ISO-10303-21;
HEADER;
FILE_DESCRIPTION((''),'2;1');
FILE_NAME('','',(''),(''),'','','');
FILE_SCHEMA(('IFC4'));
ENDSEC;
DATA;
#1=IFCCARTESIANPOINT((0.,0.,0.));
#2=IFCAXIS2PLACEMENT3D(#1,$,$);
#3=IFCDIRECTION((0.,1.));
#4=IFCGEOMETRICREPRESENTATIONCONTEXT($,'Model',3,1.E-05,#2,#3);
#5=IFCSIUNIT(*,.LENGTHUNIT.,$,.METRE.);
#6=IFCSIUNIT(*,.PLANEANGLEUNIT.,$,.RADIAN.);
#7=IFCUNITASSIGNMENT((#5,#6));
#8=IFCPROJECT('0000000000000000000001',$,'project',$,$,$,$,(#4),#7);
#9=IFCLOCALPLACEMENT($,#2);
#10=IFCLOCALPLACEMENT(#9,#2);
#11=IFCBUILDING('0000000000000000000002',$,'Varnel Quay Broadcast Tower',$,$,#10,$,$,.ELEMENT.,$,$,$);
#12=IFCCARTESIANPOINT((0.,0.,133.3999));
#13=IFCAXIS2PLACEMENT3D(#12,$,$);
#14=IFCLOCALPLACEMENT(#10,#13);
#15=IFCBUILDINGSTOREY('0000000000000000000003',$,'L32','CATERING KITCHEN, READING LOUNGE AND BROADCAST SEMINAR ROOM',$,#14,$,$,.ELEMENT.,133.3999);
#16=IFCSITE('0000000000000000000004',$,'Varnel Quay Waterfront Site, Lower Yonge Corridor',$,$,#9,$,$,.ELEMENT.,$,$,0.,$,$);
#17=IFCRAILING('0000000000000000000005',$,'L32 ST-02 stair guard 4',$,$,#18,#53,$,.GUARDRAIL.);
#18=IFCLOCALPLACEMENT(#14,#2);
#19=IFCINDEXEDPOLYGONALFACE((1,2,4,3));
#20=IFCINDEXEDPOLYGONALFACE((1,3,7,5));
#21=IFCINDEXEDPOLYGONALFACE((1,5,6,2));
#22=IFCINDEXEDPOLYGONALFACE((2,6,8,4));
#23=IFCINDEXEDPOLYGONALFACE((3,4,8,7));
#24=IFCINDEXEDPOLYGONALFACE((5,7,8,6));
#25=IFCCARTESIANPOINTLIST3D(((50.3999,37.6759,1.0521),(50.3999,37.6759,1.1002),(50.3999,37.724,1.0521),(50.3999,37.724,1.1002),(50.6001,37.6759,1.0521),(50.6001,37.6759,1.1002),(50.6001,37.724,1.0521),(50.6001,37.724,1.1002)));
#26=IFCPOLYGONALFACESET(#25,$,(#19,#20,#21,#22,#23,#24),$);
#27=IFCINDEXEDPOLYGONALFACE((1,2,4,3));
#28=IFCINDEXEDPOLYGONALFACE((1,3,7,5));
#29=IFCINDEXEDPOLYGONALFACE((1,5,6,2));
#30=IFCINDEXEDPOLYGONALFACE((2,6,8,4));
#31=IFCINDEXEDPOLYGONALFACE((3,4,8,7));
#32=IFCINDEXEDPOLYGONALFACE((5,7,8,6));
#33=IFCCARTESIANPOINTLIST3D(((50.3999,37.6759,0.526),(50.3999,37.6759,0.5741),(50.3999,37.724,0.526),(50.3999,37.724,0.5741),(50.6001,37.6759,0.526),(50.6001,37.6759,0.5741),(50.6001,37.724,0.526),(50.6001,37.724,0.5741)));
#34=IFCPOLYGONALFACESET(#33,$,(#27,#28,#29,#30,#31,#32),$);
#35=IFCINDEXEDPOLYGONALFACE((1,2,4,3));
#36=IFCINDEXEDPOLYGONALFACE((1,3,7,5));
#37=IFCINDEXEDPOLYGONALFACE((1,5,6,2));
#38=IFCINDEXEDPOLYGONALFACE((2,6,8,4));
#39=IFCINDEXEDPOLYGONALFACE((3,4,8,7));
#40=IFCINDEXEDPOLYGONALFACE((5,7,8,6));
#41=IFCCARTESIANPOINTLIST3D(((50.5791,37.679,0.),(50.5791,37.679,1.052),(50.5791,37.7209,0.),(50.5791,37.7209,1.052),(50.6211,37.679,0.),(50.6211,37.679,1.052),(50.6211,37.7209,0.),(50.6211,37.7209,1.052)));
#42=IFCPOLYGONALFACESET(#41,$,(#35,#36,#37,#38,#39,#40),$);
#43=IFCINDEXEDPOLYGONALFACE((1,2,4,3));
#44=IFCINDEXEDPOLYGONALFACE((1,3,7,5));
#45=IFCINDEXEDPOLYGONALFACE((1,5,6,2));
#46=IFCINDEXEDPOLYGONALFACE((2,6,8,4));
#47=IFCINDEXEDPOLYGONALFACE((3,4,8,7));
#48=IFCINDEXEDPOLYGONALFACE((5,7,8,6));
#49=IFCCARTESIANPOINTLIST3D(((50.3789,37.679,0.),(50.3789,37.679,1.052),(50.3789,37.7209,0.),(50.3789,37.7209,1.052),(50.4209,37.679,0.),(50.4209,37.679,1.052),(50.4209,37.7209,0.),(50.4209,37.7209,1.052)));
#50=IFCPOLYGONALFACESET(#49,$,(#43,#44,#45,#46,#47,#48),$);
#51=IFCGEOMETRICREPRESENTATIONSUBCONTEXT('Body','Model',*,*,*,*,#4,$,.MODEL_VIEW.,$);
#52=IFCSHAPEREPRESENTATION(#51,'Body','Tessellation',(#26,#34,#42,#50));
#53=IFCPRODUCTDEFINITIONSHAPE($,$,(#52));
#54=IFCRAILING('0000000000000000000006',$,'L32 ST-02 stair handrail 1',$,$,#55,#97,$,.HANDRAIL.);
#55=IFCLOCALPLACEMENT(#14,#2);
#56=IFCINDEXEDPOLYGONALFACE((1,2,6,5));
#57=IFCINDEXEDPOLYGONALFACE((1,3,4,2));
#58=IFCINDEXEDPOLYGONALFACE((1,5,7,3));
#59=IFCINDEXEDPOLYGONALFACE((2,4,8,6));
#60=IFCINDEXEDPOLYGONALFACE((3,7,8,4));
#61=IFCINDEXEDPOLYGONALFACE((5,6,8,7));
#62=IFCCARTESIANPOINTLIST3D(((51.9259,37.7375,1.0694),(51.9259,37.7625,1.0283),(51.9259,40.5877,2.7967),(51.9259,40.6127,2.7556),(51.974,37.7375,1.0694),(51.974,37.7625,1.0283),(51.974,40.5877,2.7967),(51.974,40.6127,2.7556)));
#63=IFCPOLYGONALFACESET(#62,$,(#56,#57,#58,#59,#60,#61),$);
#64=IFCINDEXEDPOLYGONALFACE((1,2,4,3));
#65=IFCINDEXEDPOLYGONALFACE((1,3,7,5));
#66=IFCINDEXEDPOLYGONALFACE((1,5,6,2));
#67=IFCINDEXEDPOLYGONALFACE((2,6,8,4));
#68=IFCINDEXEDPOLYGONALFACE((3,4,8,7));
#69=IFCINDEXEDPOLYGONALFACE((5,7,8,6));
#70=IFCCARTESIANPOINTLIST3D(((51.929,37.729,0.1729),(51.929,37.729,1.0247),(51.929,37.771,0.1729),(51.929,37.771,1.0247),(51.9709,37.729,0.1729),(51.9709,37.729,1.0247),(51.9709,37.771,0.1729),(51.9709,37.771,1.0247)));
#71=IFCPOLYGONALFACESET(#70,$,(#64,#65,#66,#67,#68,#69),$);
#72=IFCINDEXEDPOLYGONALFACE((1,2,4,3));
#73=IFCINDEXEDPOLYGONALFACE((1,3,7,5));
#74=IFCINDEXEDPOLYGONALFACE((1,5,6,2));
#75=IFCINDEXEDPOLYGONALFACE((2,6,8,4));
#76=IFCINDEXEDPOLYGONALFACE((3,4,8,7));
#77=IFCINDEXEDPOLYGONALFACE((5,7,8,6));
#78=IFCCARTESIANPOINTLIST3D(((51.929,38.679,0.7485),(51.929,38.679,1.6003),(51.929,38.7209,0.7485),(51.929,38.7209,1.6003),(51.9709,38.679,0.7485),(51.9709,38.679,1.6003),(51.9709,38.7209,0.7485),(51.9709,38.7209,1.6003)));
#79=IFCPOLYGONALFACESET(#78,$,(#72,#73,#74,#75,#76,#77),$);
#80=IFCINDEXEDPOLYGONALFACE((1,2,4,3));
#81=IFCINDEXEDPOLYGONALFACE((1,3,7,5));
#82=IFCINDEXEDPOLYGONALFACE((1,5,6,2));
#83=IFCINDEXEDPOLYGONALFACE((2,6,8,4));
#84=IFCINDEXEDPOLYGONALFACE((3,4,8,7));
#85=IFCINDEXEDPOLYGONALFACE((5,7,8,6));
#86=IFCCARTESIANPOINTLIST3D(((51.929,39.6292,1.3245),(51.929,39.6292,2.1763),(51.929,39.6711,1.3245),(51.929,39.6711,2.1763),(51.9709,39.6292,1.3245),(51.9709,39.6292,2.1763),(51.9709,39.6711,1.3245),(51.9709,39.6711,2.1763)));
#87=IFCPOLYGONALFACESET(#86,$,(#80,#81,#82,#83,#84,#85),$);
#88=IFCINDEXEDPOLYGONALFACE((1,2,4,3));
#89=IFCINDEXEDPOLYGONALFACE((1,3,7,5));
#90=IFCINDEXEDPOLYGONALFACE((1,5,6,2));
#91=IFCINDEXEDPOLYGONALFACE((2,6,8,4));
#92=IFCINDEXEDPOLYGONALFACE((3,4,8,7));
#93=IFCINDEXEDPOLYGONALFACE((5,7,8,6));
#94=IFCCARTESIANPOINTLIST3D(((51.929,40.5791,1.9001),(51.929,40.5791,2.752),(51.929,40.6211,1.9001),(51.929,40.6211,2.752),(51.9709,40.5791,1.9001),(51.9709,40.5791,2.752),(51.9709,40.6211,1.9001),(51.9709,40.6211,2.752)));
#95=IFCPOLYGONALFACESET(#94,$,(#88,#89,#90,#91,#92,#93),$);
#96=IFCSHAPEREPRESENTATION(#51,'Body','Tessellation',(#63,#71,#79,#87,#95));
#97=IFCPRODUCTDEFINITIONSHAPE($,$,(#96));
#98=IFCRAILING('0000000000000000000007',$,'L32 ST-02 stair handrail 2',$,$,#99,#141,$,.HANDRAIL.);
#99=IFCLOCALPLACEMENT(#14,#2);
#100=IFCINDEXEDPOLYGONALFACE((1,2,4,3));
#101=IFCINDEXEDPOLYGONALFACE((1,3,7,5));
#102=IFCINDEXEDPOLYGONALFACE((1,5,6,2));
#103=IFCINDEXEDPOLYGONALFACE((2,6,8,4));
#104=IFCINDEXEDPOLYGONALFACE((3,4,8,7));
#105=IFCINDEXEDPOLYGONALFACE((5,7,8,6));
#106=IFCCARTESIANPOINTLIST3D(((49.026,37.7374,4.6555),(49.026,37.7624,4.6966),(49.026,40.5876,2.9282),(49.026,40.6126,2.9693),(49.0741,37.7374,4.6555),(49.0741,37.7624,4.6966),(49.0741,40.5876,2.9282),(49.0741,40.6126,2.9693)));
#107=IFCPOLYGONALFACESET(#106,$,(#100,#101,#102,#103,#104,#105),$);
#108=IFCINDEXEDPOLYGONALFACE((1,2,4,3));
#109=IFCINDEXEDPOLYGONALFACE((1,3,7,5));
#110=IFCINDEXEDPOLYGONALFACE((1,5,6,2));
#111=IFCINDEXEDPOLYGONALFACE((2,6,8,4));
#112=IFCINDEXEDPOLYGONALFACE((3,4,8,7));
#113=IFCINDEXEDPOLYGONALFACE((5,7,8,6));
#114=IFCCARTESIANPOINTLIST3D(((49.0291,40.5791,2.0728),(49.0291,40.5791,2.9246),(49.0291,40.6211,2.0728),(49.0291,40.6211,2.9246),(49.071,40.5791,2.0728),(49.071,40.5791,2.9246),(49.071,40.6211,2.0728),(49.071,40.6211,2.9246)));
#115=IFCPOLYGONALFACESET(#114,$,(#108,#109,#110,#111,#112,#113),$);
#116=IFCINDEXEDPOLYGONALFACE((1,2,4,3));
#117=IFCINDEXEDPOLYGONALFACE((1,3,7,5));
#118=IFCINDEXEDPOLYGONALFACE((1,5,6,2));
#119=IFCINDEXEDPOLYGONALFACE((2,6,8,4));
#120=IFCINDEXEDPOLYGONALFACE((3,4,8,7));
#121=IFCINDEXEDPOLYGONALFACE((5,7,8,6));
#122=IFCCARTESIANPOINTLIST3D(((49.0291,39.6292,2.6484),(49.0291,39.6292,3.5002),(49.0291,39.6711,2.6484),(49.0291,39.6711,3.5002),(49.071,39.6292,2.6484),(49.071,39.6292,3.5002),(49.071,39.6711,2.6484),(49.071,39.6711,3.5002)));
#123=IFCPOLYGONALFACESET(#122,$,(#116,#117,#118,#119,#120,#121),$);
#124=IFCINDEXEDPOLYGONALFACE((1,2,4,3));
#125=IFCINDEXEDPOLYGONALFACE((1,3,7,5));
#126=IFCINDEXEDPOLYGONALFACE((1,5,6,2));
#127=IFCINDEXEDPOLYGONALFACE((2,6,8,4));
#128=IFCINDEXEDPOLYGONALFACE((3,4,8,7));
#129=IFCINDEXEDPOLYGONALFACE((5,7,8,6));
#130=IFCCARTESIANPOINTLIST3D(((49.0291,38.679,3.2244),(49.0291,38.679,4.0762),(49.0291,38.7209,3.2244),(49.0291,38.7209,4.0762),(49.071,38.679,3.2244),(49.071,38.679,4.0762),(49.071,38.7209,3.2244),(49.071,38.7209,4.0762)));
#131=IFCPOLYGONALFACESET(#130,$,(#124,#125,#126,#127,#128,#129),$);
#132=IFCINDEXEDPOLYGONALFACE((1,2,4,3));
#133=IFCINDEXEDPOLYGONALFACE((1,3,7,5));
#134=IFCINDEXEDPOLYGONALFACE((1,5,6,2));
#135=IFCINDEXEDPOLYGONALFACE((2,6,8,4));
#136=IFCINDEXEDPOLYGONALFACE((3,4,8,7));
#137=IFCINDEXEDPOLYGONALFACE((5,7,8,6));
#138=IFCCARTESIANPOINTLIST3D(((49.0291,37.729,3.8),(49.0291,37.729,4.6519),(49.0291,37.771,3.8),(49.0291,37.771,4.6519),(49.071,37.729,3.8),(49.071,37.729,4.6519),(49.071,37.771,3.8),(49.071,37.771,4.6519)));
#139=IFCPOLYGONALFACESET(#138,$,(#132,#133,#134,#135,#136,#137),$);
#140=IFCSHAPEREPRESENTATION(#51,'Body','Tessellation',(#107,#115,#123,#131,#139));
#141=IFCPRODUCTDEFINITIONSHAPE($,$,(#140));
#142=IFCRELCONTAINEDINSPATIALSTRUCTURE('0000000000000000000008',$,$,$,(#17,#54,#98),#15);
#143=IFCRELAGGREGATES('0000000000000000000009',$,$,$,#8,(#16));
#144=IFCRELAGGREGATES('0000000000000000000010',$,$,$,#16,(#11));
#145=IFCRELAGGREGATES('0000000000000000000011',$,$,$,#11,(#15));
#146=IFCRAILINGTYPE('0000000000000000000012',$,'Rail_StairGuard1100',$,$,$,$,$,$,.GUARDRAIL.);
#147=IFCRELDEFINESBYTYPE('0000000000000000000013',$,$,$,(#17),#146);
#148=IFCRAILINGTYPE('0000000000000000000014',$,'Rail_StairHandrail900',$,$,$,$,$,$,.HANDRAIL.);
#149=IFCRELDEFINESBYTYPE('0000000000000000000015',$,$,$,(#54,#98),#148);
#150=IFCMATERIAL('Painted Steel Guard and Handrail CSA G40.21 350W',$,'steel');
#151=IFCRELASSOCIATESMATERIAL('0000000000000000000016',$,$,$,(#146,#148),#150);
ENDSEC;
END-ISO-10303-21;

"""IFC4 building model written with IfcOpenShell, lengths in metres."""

from ifc_helpers import new_model, si_unit, direction, frame, origin, origin_2d, place, context, subcontext, project, spatial, rectangle, extrude, material, type_object, element, save


model = new_model("IFC4")

# Units and contexts
model_context = context("Model", 3, precision=1e-05, world=origin(), true_north=direction((0.0, 1.0)))
body_context = subcontext(model_context, "Body", "Model", "MODEL_VIEW")
ifc_project = project(units=[si_unit("LENGTHUNIT", "METRE"), si_unit("PLANEANGLEUNIT", "RADIAN")], contexts=[model_context])

# Site, building, storey
site_placement = place(None, origin())
site = spatial("IfcSite", under=ifc_project, at=site_placement, Name="Varnel Quay Waterfront Site, Lower Yonge Corridor", CompositionType="ELEMENT", RefElevation=0.0)
building_placement = place(site_placement, origin())
building = spatial("IfcBuilding", under=site, at=building_placement, Name="Varnel Quay Broadcast Tower", CompositionType="ELEMENT")
storey_placement = place(building_placement, frame((0.0, 0.0, 133.3999)))
storey = spatial("IfcBuildingStorey", under=building, at=storey_placement, Name="L32", Description="CATERING KITCHEN, READING LOUNGE AND BROADCAST SEMINAR ROOM", CompositionType="ELEMENT", Elevation=133.3999)

# Railings
ifc_material_1 = material(Name="Painted Steel Guard and Handrail CSA G40.21 350W", Category="steel")
railing_type_1 = type_object("IfcRailingType", Name="Rail_StairGuard1100", PredefinedType="GUARDRAIL", material=ifc_material_1)
railing_1_placement = place(storey_placement, frame((50.6001, 37.7, 0.0)))
element("IfcRailing", 1, at=railing_1_placement, inside=storey, type_object=railing_type_1, Name="L32 ST-02 stair guard 4", PredefinedType="GUARDRAIL", context=body_context, shape_type="SweptSolid", body=[
    extrude(rectangle(XDim=0.0481, YDim=0.0481, at=origin_2d()), frame((0.0, 0.0, 1.0762), z_axis=(-1.0, 0.0, 0.0), x_axis=(0.0, -1.0, 0.0)), (0.0, 0.0, 1.0), 0.2002),
    extrude(rectangle(XDim=0.0481, YDim=0.0481, at=origin_2d()), frame((0.0, 0.0, 0.55), z_axis=(-1.0, 0.0, 0.0), x_axis=(0.0, -1.0, 0.0)), (0.0, 0.0, 1.0), 0.2002),
    extrude(rectangle(XDim=0.042, YDim=0.042, at=origin_2d()), origin(), (0.0, 0.0, 1.0), 1.052),
    extrude(rectangle(XDim=0.042, YDim=0.042, at=origin_2d()), frame((-0.2002, 0.0, 0.0)), (0.0, 0.0, 1.0), 1.052),
])
railing_type_2 = type_object("IfcRailingType", Name="Rail_StairHandrail900", PredefinedType="HANDRAIL", material=ifc_material_1)
railing_2_placement = place(storey_placement, frame((51.95, 37.75, 0.1729)))
element("IfcRailing", 2, at=railing_2_placement, inside=storey, type_object=railing_type_2, Name="L32 ST-02 stair handrail 1", PredefinedType="HANDRAIL", context=body_context, shape_type="SweptSolid", body=[
    extrude(rectangle(XDim=0.0481, YDim=0.0481, at=origin_2d()), frame((0.0, 0.0, 0.876), z_axis=(0.0, 0.855203, 0.518294), x_axis=(-1.0, 0.0, 0.0)), (0.0, 0.0, 1.0), 3.3328),
    extrude(rectangle(XDim=0.042, YDim=0.042, at=origin_2d()), origin(), (0.0, 0.0, 1.0), 0.8518),
    extrude(rectangle(XDim=0.042, YDim=0.042, at=origin_2d()), frame((0.0, 0.95, 0.5757)), (0.0, 0.0, 1.0), 0.8518),
    extrude(rectangle(XDim=0.042, YDim=0.042, at=origin_2d()), frame((0.0, 1.9001, 1.1516)), (0.0, 0.0, 1.0), 0.8518),
    extrude(rectangle(XDim=0.042, YDim=0.042, at=origin_2d()), frame((0.0, 2.8501, 1.7273)), (0.0, 0.0, 1.0), 0.8518),
])
railing_3_placement = place(storey_placement, frame((49.05, 40.6001, 2.0728)))
element("IfcRailing", 3, at=railing_3_placement, inside=storey, type_object=railing_type_2, Name="L32 ST-02 stair handrail 2", PredefinedType="HANDRAIL", context=body_context, shape_type="SweptSolid", body=[
    extrude(rectangle(XDim=0.0481, YDim=0.0481, at=origin_2d()), frame((0.0, 0.0, 0.876), z_axis=(0.0, -0.855203, 0.518294), x_axis=(1.0, 0.0, 0.0)), (0.0, 0.0, 1.0), 3.3328),
    extrude(rectangle(XDim=0.042, YDim=0.042, at=origin_2d()), origin(), (0.0, 0.0, 1.0), 0.8518),
    extrude(rectangle(XDim=0.042, YDim=0.042, at=origin_2d()), frame((0.0, -0.95, 0.5757)), (0.0, 0.0, 1.0), 0.8518),
    extrude(rectangle(XDim=0.042, YDim=0.042, at=origin_2d()), frame((0.0, -1.9001, 1.1516)), (0.0, 0.0, 1.0), 0.8518),
    extrude(rectangle(XDim=0.042, YDim=0.042, at=origin_2d()), frame((0.0, -2.8501, 1.7273)), (0.0, 0.0, 1.0), 0.8518),
])

save(model, "model.ifc")
